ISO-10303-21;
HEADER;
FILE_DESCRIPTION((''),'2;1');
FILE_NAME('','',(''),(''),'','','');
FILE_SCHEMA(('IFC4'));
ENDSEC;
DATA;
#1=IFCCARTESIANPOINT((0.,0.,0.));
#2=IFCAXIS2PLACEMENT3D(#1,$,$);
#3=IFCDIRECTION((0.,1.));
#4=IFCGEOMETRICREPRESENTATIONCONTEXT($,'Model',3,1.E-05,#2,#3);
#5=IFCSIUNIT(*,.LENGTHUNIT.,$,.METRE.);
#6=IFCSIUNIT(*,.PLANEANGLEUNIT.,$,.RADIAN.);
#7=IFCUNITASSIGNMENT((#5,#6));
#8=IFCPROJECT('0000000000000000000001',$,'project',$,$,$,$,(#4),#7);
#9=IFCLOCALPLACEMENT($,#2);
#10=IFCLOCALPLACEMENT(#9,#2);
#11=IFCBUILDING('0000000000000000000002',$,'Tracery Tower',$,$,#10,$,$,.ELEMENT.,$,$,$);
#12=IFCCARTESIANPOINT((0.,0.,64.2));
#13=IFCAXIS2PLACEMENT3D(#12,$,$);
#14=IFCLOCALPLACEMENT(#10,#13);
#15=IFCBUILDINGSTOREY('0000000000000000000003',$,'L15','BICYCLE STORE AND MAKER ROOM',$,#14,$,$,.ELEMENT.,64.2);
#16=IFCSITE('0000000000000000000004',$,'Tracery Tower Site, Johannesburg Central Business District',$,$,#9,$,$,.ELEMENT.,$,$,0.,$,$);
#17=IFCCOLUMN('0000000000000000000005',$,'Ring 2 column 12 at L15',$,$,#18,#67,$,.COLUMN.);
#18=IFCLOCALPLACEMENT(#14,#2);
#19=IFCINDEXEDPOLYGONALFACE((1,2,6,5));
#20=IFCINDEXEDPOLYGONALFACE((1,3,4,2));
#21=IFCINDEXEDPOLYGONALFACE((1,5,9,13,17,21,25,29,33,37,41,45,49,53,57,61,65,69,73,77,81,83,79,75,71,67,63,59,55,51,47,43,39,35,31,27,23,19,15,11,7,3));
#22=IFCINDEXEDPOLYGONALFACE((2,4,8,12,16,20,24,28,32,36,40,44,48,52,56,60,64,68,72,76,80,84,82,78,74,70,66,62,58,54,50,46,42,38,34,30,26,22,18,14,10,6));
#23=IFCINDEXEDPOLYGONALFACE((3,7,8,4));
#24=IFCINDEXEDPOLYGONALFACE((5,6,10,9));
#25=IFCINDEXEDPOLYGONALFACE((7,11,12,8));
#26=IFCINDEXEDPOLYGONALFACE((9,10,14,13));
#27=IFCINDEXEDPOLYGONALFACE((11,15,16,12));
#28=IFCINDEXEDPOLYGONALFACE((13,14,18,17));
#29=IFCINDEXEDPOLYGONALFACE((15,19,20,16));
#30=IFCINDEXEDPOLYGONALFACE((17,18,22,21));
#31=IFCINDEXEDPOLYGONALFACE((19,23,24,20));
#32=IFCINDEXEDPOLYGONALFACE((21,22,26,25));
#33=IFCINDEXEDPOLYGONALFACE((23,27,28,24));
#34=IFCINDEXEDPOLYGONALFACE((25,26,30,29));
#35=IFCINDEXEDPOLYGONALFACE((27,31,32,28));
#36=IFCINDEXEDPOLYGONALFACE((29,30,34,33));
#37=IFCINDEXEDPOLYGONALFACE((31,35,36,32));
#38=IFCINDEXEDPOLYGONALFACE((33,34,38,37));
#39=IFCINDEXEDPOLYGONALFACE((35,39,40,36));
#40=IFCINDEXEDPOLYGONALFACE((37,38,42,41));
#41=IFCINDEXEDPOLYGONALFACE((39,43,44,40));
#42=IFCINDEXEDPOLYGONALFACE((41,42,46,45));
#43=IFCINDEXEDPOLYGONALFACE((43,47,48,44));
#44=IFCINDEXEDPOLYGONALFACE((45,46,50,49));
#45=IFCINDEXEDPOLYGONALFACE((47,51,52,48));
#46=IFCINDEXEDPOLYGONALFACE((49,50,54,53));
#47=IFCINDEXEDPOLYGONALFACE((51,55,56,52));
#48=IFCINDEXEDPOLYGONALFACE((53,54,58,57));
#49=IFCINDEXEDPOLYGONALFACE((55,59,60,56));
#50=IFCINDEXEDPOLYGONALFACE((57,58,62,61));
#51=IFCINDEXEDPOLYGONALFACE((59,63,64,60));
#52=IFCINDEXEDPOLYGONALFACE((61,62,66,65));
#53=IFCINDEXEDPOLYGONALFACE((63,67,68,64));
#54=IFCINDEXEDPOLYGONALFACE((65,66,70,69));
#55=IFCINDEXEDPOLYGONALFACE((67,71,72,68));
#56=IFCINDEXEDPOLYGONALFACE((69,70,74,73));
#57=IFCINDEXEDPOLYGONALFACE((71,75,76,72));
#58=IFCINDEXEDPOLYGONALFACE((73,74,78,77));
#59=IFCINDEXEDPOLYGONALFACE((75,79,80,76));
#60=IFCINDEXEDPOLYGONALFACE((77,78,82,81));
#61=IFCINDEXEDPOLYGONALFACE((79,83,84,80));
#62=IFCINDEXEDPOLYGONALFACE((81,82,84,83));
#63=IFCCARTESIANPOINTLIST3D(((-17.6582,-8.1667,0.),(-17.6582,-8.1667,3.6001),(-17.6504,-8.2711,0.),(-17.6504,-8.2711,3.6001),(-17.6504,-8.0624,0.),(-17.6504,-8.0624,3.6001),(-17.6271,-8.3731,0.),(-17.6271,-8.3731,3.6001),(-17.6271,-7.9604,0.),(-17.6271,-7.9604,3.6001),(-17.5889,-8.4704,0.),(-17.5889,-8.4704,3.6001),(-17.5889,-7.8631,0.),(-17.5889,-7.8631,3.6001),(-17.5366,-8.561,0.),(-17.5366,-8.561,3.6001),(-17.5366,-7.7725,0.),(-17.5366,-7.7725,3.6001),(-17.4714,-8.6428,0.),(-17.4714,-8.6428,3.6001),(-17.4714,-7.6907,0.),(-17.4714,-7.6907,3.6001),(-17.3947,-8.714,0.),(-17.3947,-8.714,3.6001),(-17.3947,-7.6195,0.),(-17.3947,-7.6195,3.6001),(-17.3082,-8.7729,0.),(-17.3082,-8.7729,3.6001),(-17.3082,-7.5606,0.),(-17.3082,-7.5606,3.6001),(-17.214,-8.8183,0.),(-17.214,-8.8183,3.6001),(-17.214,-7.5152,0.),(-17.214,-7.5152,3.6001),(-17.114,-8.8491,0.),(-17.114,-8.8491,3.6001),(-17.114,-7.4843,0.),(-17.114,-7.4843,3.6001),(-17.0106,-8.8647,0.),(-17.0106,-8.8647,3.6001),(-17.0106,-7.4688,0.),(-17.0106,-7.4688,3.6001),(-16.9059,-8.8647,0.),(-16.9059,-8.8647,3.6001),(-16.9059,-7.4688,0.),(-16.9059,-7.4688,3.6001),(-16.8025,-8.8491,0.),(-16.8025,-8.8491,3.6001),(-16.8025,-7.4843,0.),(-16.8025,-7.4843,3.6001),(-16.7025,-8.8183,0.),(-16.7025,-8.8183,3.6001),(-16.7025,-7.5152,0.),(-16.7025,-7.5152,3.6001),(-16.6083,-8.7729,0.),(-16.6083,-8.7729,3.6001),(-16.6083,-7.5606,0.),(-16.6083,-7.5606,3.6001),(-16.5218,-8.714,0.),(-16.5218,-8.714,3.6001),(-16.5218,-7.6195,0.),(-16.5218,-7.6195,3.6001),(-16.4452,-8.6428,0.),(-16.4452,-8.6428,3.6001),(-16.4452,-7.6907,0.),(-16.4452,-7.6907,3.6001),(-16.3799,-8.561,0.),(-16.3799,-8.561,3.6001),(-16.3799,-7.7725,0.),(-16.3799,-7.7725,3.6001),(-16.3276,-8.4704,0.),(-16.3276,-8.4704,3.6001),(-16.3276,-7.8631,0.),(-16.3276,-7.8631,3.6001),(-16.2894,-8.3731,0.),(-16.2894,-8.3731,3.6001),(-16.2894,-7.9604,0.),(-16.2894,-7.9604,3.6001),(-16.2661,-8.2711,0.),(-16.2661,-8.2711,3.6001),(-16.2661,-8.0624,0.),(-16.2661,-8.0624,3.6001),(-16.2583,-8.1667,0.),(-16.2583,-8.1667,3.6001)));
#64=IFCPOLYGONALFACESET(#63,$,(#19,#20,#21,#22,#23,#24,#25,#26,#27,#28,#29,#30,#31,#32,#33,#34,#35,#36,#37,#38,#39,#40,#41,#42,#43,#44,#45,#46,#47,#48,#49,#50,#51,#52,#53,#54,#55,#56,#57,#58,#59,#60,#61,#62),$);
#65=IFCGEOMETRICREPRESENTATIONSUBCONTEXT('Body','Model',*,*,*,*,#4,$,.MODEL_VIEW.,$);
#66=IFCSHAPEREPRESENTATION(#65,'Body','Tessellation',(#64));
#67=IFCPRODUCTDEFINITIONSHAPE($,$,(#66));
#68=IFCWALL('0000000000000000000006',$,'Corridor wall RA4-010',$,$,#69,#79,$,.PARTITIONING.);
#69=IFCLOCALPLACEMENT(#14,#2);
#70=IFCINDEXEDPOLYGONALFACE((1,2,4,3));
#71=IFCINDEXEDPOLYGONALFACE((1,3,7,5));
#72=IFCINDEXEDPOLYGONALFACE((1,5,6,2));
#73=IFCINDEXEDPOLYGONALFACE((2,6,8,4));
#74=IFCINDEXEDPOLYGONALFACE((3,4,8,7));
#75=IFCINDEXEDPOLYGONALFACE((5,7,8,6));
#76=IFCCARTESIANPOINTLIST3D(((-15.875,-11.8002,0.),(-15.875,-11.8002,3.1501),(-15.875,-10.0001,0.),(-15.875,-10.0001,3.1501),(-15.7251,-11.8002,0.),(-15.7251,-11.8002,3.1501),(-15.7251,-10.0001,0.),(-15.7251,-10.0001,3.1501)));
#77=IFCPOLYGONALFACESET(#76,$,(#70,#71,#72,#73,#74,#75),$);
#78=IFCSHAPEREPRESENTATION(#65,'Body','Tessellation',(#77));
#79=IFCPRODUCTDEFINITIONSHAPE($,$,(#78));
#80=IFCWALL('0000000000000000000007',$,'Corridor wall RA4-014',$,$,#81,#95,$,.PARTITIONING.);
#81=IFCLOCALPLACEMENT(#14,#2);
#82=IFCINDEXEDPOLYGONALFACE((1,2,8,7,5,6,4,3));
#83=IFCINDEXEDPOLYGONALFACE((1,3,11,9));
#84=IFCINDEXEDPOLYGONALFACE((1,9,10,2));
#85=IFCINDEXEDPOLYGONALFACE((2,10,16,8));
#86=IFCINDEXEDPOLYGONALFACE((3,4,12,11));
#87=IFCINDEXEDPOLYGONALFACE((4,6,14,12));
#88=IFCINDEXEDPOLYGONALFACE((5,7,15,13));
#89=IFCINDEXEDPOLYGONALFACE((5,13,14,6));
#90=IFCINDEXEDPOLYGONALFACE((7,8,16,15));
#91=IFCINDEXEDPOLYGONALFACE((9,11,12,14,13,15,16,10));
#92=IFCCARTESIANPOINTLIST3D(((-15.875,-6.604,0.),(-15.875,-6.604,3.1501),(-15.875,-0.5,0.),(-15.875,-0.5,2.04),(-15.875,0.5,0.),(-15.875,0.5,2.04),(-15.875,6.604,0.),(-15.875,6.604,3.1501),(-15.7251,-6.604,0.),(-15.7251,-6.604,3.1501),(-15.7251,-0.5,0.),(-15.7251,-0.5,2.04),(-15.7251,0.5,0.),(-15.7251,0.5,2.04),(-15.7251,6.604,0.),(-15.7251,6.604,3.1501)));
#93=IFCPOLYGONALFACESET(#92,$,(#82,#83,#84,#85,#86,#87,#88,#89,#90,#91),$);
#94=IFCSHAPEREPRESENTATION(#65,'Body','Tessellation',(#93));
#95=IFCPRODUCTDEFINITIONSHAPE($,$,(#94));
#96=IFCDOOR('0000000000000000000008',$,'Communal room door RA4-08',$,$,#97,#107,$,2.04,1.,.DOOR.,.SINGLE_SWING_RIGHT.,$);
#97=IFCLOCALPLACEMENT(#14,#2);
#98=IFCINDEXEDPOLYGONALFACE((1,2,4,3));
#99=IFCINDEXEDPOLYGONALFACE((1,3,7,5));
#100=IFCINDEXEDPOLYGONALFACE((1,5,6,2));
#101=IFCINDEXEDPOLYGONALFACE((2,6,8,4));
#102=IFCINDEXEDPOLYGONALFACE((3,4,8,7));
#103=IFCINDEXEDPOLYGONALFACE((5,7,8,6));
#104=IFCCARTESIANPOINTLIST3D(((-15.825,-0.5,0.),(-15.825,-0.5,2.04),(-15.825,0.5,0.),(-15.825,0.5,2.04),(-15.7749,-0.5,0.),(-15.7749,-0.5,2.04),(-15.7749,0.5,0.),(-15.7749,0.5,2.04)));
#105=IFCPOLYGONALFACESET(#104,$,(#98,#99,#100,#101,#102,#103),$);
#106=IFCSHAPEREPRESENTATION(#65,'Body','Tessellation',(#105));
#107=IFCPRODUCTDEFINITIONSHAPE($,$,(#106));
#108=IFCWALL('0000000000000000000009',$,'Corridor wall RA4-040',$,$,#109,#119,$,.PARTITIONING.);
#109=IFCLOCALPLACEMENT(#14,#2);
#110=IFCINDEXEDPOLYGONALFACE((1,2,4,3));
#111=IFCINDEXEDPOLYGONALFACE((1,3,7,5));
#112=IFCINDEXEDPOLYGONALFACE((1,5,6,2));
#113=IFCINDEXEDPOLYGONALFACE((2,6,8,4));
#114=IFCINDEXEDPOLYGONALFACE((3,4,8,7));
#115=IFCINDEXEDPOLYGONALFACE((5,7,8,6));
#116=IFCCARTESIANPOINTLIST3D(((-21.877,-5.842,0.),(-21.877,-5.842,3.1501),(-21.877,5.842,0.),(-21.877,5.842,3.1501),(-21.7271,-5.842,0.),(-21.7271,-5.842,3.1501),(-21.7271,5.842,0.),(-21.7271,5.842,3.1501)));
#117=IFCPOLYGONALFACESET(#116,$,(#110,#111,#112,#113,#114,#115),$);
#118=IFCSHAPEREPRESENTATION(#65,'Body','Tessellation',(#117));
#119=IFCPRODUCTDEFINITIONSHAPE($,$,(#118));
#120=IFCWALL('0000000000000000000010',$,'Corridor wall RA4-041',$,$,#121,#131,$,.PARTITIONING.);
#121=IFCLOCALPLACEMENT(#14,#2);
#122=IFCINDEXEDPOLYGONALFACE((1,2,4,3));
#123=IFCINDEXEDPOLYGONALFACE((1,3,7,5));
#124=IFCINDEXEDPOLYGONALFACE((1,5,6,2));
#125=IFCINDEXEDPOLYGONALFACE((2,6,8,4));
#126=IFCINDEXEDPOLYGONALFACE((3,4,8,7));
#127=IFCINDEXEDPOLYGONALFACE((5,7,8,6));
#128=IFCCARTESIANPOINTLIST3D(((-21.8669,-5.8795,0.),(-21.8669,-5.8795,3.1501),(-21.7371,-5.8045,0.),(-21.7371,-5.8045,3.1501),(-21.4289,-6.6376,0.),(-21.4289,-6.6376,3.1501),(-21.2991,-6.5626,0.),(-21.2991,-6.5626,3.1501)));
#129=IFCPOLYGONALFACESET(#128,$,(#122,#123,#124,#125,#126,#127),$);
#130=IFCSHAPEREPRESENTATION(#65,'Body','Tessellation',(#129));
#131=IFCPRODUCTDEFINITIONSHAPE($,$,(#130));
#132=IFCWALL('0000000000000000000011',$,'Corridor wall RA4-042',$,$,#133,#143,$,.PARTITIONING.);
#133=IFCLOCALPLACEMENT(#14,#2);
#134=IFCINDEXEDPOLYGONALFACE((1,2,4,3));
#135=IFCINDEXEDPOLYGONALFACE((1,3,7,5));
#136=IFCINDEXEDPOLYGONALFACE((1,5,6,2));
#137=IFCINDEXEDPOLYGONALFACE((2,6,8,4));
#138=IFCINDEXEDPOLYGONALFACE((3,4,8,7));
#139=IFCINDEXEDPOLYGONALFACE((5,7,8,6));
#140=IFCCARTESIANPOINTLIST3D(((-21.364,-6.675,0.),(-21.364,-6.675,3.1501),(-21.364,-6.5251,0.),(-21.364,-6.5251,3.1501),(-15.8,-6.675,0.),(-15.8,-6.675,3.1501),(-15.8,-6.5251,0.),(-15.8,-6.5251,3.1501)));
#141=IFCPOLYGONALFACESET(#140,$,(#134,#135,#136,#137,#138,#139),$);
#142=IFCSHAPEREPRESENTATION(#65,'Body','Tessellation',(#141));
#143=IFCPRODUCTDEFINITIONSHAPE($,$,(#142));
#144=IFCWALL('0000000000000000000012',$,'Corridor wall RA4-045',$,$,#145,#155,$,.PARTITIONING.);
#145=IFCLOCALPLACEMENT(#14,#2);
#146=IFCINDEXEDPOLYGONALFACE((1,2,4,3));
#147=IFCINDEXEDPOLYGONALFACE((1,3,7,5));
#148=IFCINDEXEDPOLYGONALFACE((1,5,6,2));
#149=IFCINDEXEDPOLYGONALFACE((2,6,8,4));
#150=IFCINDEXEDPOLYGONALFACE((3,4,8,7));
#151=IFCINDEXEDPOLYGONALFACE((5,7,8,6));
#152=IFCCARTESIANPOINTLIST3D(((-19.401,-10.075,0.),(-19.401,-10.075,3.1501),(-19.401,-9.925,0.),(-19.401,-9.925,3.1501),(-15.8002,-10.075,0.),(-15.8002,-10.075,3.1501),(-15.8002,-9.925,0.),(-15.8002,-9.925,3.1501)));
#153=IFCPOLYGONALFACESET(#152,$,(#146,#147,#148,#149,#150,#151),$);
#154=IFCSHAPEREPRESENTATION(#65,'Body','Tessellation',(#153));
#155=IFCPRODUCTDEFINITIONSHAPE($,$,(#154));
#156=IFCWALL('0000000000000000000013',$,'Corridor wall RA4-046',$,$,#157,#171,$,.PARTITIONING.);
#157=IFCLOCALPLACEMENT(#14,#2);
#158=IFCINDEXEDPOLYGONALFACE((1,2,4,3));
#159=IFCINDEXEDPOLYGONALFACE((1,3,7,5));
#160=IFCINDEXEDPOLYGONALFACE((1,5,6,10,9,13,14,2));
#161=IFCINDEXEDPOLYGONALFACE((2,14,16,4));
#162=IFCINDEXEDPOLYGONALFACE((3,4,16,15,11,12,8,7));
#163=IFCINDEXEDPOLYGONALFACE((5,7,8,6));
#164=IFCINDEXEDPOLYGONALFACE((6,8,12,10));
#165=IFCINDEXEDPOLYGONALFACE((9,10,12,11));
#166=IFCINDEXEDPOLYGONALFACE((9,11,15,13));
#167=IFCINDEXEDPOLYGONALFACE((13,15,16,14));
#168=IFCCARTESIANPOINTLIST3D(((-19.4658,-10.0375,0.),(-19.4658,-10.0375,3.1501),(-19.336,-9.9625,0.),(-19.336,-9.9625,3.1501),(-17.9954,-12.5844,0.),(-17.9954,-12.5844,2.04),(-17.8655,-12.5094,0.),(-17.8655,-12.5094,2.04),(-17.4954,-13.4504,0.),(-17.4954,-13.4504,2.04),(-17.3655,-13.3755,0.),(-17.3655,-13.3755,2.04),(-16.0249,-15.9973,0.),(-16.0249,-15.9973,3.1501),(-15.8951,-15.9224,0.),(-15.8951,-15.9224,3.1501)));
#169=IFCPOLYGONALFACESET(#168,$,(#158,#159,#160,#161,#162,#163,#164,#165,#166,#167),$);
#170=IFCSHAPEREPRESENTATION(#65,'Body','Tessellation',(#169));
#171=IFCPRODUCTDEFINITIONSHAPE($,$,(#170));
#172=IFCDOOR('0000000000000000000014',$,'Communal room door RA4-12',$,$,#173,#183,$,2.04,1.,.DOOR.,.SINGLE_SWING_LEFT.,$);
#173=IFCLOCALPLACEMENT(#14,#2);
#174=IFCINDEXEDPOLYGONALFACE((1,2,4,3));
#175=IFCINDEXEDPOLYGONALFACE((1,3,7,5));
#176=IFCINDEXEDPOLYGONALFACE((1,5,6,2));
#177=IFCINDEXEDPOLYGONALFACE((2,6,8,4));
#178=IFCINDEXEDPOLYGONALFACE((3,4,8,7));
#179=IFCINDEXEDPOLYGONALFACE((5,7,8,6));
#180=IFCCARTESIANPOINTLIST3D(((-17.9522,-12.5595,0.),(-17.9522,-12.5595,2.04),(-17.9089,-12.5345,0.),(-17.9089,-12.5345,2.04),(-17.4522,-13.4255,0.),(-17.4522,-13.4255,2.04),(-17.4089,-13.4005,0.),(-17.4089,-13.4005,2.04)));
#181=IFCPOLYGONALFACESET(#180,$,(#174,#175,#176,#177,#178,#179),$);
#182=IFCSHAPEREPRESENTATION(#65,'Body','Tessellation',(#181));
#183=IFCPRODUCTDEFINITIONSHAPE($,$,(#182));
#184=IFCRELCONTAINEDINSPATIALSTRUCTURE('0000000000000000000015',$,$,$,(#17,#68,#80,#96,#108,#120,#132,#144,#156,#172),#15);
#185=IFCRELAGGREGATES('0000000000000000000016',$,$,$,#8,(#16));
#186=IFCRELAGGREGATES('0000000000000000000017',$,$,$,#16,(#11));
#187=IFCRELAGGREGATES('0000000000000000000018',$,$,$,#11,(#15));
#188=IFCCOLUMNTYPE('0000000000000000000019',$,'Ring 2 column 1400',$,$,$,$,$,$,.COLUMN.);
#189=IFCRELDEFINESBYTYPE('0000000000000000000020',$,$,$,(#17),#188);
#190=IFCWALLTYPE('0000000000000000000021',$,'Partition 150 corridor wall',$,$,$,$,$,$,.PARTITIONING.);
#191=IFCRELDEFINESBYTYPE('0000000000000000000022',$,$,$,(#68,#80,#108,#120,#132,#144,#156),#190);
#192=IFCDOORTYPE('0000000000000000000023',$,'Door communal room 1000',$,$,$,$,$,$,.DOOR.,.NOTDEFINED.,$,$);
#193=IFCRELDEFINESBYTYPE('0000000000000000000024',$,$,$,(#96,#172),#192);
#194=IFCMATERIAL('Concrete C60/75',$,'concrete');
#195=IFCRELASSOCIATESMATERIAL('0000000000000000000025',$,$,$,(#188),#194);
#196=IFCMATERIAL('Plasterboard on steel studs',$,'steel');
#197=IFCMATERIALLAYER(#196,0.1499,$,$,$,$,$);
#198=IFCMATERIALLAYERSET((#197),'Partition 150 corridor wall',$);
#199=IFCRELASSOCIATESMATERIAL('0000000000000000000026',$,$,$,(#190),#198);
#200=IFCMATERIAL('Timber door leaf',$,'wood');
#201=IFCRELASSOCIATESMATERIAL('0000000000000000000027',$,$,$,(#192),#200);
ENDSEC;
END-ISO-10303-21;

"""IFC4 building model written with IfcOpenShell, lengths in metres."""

from ifc_helpers import new_model, si_unit, direction, frame, frame_2d, origin, origin_2d, place, context, subcontext, project, spatial, rectangle, circle, extrude, material, layer, layer_set, material_profile, profile_set, type_object, element, fill, save


model = new_model("IFC4")

# Units and contexts
model_context = context("Model", 3, precision=1e-05, world=origin(), true_north=direction((0.0, 1.0)))
body_context = subcontext(model_context, "Body", "Model", "MODEL_VIEW")
ifc_project = project(units=[si_unit("LENGTHUNIT", "METRE"), si_unit("PLANEANGLEUNIT", "RADIAN")], contexts=[model_context])

# Site, building, storey
site_placement = place(None, origin())
site = spatial("IfcSite", under=ifc_project, at=site_placement, Name="Tracery Tower Site, Johannesburg Central Business District", CompositionType="ELEMENT", RefElevation=0.0)
building_placement = place(site_placement, origin())
building = spatial("IfcBuilding", under=site, at=building_placement, Name="Tracery Tower", CompositionType="ELEMENT")
storey_placement = place(building_placement, frame((0.0, 0.0, 64.2)))
storey = spatial("IfcBuildingStorey", under=building, at=storey_placement, Name="L15", Description="BICYCLE STORE AND MAKER ROOM", CompositionType="ELEMENT", Elevation=64.2)

# Column
ifc_material_1 = material(Name="Concrete C60/75", Category="concrete")
ifc_material_profile_1 = material_profile(ifc_material_1, circle(Radius=0.7, at=origin_2d()), Name="RC D1400")
ifc_profile_set_1 = profile_set([ifc_material_profile_1], Name="Concrete C60/75")
column_type_1 = type_object("IfcColumnType", Name="Ring 2 column 1400", PredefinedType="COLUMN", material=ifc_profile_set_1)
for number, where, z_axis, x_axis, name in (
    (1, (-16.9583, -8.1667, 0.0), (0.0, 0.0, 1.0), (1.0, 0.0, 0.0), "Ring 2 column 12 at L15"),
):
    element("IfcColumn", number, at=place(storey_placement, frame(where, z_axis=z_axis, x_axis=x_axis)), inside=storey, type_object=column_type_1, Name=name, PredefinedType="COLUMN", context=body_context, shape_type="SweptSolid", body=[
        extrude(circle(Radius=0.7, at=origin_2d()), origin(), (0.0, 0.0, 1.0), 3.6001),
    ])

# Wall
ifc_material_2 = material(Name="Plasterboard on steel studs", Category="steel")
ifc_layer = layer(ifc_material_2, 0.1499)
ifc_layer_set = layer_set([ifc_layer], Name="Partition 150 corridor wall")
wall_type = type_object("IfcWallType", Name="Partition 150 corridor wall", PredefinedType="PARTITIONING", material=ifc_layer_set)
wall_1_placement = place(storey_placement, frame((-15.8, -11.8, 0.0), z_axis=(0.0, 0.0, 1.0), x_axis=(0.0, 1.0, 0.0)))
element("IfcWall", 2, at=wall_1_placement, inside=storey, type_object=wall_type, Name="Corridor wall RA4-010", PredefinedType="PARTITIONING", context=body_context, shape_type="SweptSolid", body=[
    extrude(rectangle(XDim=1.8, YDim=0.1499, at=frame_2d((0.8999, 0.0))), origin(), (0.0, 0.0, 1.0), 3.1501),
])

# Wall, opening, door
wall_2_placement = place(storey_placement, frame((-15.8, -6.604, 0.0), z_axis=(0.0, 0.0, 1.0), x_axis=(0.0, 1.0, 0.0)))
wall_2 = element("IfcWall", 3, at=wall_2_placement, inside=storey, type_object=wall_type, Name="Corridor wall RA4-014", PredefinedType="PARTITIONING", context=body_context, shape_type="SweptSolid", body=[
    extrude(rectangle(XDim=13.208, YDim=0.1499, at=frame_2d((6.604, 0.0))), origin(), (0.0, 0.0, 1.0), 3.1501),
])
opening_1_placement = place(wall_2_placement, frame((6.104, 0.0, 0.0)))
opening_1 = element("IfcOpeningElement", 4, at=opening_1_placement, cuts=wall_2, PredefinedType="OPENING", context=body_context, shape_type="SweptSolid", body=[
    extrude(rectangle(XDim=1.0, YDim=2.04, at=frame_2d((0.5, 1.02))), frame((0.0, 0.075, 0.0), z_axis=(0.0, -1.0, 0.0), x_axis=(1.0, 0.0, 0.0)), (0.0, 0.0, 1.0), 0.1499),
])
ifc_material_3 = material(Name="Timber door leaf", Category="wood")
door_type_1 = type_object("IfcDoorType", Name="Door communal room 1000", OperationType="NOTDEFINED", PredefinedType="DOOR", material=ifc_material_3)
door_1_placement = place(opening_1_placement, origin())
door_1 = element("IfcDoor", 5, at=door_1_placement, inside=storey, type_object=door_type_1, Name="Communal room door RA4-08", OperationType="SINGLE_SWING_RIGHT", OverallHeight=2.04, OverallWidth=1.0, PredefinedType="DOOR", context=body_context, shape_type="SweptSolid", body=[
    extrude(rectangle(XDim=1.0, YDim=2.04, at=frame_2d((0.5, 1.02))), frame((0.0, 0.0249, 0.0), z_axis=(0.0, -1.0, 0.0), x_axis=(1.0, 0.0, 0.0)), (0.0, 0.0, 1.0), 0.05),
])
fill(opening_1, door_1)

# Walls
wall_3_placement = place(storey_placement, frame((-21.802, -5.842, 0.0), z_axis=(0.0, 0.0, 1.0), x_axis=(0.0, 1.0, 0.0)))
element("IfcWall", 6, at=wall_3_placement, inside=storey, type_object=wall_type, Name="Corridor wall RA4-040", PredefinedType="PARTITIONING", context=body_context, shape_type="SweptSolid", body=[
    extrude(rectangle(XDim=11.6841, YDim=0.1499, at=frame_2d((5.842, 0.0))), origin(), (0.0, 0.0, 1.0), 3.1501),
])
wall_4_placement = place(storey_placement, frame((-21.802, -5.842, 0.0), z_axis=(0.0, 0.0, 1.0), x_axis=(0.500278, -0.865865, 0.0)))
element("IfcWall", 7, at=wall_4_placement, inside=storey, type_object=wall_type, Name="Corridor wall RA4-041", PredefinedType="PARTITIONING", context=body_context, shape_type="SweptSolid", body=[
    extrude(rectangle(XDim=0.8755, YDim=0.1499, at=frame_2d((0.4377, 0.0))), origin(), (0.0, 0.0, 1.0), 3.1501),
])
wall_5_placement = place(storey_placement, frame((-21.364, -6.6001, 0.0), z_axis=(0.0, 0.0, 1.0), x_axis=(1.0, 0.0, 0.0)))
element("IfcWall", 8, at=wall_5_placement, inside=storey, type_object=wall_type, Name="Corridor wall RA4-042", PredefinedType="PARTITIONING", context=body_context, shape_type="SweptSolid", body=[
    extrude(rectangle(XDim=5.564, YDim=0.1499, at=frame_2d((2.782, 0.0))), origin(), (0.0, 0.0, 1.0), 3.1501),
])
wall_6_placement = place(storey_placement, frame((-19.4009, -10.0, 0.0), z_axis=(0.0, 0.0, 1.0), x_axis=(1.0, 0.0, 0.0)))
element("IfcWall", 9, at=wall_6_placement, inside=storey, type_object=wall_type, Name="Corridor wall RA4-045", PredefinedType="PARTITIONING", context=body_context, shape_type="SweptSolid", body=[
    extrude(rectangle(XDim=3.6008, YDim=0.1499, at=frame_2d((1.8003, 0.0))), origin(), (0.0, 0.0, 1.0), 3.1501),
])

# Wall, opening, door
wall_7_placement = place(storey_placement, frame((-19.4009, -10.0, 0.0), z_axis=(0.0, 0.0, 1.0), x_axis=(0.499993, -0.86603, 0.0)))
wall_7 = element("IfcWall", 10, at=wall_7_placement, inside=storey, type_object=wall_type, Name="Corridor wall RA4-046", PredefinedType="PARTITIONING", context=body_context, shape_type="SweptSolid", body=[
    extrude(rectangle(XDim=6.8818, YDim=0.1499, at=frame_2d((3.4409, 0.0))), origin(), (0.0, 0.0, 1.0), 3.1501),
])
opening_2_placement = place(wall_7_placement, frame((2.9409, 0.0, 0.0)))
opening_2 = element("IfcOpeningElement", 11, at=opening_2_placement, cuts=wall_7, PredefinedType="OPENING", context=body_context, shape_type="SweptSolid", body=[
    extrude(rectangle(XDim=1.0, YDim=2.04, at=frame_2d((0.5, 1.02))), frame((0.0, 0.075, 0.0), z_axis=(0.0, -1.0, 0.0), x_axis=(1.0, 0.0, 0.0)), (0.0, 0.0, 1.0), 0.1499),
])
door_2_placement = place(opening_2_placement, origin())
door_2 = element("IfcDoor", 12, at=door_2_placement, inside=storey, type_object=door_type_1, Name="Communal room door RA4-12", OperationType="SINGLE_SWING_LEFT", OverallHeight=2.04, OverallWidth=1.0, PredefinedType="DOOR", context=body_context, shape_type="SweptSolid", body=[
    extrude(rectangle(XDim=1.0, YDim=2.04, at=frame_2d((0.5, 1.02))), frame((0.0, 0.0249, 0.0), z_axis=(0.0, -1.0, 0.0), x_axis=(1.0, 0.0, 0.0)), (0.0, 0.0, 1.0), 0.05),
])
fill(opening_2, door_2)

save(model, "model.ifc")
